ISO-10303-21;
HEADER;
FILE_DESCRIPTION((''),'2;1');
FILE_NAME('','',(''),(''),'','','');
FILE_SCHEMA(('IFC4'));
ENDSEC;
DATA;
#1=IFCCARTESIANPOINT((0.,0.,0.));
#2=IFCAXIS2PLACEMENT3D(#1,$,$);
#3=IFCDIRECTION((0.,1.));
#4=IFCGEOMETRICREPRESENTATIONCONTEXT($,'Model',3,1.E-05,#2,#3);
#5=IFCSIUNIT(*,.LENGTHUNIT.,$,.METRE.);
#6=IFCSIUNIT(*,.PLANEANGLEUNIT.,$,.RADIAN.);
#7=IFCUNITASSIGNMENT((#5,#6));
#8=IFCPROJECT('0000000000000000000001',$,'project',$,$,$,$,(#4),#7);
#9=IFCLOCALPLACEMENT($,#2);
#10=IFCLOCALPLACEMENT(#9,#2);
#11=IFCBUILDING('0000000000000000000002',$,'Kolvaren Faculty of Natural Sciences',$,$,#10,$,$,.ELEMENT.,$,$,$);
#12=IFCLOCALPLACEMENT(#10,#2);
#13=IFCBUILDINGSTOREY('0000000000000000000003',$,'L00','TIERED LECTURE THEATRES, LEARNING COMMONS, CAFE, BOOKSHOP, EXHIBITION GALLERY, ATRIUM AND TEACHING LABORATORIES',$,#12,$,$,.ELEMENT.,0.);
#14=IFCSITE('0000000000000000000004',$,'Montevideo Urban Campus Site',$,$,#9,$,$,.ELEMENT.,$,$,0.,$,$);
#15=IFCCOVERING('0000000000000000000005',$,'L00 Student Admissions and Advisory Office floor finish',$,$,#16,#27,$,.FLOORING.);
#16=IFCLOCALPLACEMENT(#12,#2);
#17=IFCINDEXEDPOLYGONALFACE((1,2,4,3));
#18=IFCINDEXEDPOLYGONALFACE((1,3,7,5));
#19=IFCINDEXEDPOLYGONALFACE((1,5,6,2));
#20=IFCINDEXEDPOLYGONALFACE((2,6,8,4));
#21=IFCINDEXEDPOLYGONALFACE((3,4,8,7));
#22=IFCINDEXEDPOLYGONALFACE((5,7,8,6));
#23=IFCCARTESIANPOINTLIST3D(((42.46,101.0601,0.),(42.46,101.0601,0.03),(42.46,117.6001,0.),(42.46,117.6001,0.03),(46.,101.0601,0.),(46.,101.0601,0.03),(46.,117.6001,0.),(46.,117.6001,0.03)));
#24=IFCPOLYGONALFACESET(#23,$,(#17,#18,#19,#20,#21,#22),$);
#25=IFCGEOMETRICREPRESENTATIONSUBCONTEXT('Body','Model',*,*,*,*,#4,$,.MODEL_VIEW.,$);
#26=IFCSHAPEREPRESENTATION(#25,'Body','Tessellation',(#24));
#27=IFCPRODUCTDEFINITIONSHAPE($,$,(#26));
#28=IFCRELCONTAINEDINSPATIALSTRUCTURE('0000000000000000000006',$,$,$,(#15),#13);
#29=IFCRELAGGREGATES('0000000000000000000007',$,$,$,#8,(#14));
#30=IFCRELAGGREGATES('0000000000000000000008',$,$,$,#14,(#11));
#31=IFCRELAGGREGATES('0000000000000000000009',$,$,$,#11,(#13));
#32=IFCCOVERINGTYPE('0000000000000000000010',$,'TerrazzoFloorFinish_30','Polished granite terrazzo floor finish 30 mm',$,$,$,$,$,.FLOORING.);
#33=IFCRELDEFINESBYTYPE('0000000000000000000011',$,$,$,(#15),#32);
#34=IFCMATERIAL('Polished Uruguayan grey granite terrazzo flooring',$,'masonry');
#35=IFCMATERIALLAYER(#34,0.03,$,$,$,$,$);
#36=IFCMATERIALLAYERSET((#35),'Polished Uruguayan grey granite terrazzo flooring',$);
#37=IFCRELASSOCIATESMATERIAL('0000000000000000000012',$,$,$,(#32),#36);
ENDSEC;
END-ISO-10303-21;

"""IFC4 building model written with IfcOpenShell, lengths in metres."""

from ifc_helpers import new_model, si_unit, direction, origin, place, context, subcontext, project, spatial, polyline, outline, extrude, material, layer, layer_set, type_object, element, save


model = new_model("IFC4")

# Units and contexts
model_context = context("Model", 3, precision=1e-05, world=origin(), true_north=direction((0.0, 1.0)))
body_context = subcontext(model_context, "Body", "Model", "MODEL_VIEW")
ifc_project = project(units=[si_unit("LENGTHUNIT", "METRE"), si_unit("PLANEANGLEUNIT", "RADIAN")], contexts=[model_context])

# Site, building, storey
site_placement = place(None, origin())
site = spatial("IfcSite", under=ifc_project, at=site_placement, Name="Montevideo Urban Campus Site", CompositionType="ELEMENT", RefElevation=0.0)
building_placement = place(site_placement, origin())
building = spatial("IfcBuilding", under=site, at=building_placement, Name="Kolvaren Faculty of Natural Sciences", CompositionType="ELEMENT")
storey_placement = place(building_placement, origin())
storey = spatial("IfcBuildingStorey", under=building, at=storey_placement, Name="L00", Description="TIERED LECTURE THEATRES, LEARNING COMMONS, CAFE, BOOKSHOP, EXHIBITION GALLERY, ATRIUM AND TEACHING LABORATORIES", CompositionType="ELEMENT", Elevation=0.0)

# Covering
ifc_material_1 = material(Name="Polished Uruguayan grey granite terrazzo flooring", Category="masonry")
ifc_layer_1 = layer(ifc_material_1, 0.03)
ifc_layer_set_1 = layer_set([ifc_layer_1], Name="Polished Uruguayan grey granite terrazzo flooring")
covering_type = type_object("IfcCoveringType", Name="TerrazzoFloorFinish_30", Description="Polished granite terrazzo floor finish 30 mm", PredefinedType="FLOORING", material=ifc_layer_set_1)
covering_1_placement = place(storey_placement, origin())
element("IfcCovering", 1, at=covering_1_placement, inside=storey, type_object=covering_type, Name="L00 Student Admissions and Advisory Office floor finish", PredefinedType="FLOORING", context=body_context, shape_type="SweptSolid", body=[
    extrude(outline(polyline([(46.0, 117.6001), (46.0, 101.0601), (42.46, 101.0601), (42.46, 117.6001), (46.0, 117.6001)])), origin(), (0.0, 0.0, 1.0), 0.03),
])

save(model, "model.ifc")
